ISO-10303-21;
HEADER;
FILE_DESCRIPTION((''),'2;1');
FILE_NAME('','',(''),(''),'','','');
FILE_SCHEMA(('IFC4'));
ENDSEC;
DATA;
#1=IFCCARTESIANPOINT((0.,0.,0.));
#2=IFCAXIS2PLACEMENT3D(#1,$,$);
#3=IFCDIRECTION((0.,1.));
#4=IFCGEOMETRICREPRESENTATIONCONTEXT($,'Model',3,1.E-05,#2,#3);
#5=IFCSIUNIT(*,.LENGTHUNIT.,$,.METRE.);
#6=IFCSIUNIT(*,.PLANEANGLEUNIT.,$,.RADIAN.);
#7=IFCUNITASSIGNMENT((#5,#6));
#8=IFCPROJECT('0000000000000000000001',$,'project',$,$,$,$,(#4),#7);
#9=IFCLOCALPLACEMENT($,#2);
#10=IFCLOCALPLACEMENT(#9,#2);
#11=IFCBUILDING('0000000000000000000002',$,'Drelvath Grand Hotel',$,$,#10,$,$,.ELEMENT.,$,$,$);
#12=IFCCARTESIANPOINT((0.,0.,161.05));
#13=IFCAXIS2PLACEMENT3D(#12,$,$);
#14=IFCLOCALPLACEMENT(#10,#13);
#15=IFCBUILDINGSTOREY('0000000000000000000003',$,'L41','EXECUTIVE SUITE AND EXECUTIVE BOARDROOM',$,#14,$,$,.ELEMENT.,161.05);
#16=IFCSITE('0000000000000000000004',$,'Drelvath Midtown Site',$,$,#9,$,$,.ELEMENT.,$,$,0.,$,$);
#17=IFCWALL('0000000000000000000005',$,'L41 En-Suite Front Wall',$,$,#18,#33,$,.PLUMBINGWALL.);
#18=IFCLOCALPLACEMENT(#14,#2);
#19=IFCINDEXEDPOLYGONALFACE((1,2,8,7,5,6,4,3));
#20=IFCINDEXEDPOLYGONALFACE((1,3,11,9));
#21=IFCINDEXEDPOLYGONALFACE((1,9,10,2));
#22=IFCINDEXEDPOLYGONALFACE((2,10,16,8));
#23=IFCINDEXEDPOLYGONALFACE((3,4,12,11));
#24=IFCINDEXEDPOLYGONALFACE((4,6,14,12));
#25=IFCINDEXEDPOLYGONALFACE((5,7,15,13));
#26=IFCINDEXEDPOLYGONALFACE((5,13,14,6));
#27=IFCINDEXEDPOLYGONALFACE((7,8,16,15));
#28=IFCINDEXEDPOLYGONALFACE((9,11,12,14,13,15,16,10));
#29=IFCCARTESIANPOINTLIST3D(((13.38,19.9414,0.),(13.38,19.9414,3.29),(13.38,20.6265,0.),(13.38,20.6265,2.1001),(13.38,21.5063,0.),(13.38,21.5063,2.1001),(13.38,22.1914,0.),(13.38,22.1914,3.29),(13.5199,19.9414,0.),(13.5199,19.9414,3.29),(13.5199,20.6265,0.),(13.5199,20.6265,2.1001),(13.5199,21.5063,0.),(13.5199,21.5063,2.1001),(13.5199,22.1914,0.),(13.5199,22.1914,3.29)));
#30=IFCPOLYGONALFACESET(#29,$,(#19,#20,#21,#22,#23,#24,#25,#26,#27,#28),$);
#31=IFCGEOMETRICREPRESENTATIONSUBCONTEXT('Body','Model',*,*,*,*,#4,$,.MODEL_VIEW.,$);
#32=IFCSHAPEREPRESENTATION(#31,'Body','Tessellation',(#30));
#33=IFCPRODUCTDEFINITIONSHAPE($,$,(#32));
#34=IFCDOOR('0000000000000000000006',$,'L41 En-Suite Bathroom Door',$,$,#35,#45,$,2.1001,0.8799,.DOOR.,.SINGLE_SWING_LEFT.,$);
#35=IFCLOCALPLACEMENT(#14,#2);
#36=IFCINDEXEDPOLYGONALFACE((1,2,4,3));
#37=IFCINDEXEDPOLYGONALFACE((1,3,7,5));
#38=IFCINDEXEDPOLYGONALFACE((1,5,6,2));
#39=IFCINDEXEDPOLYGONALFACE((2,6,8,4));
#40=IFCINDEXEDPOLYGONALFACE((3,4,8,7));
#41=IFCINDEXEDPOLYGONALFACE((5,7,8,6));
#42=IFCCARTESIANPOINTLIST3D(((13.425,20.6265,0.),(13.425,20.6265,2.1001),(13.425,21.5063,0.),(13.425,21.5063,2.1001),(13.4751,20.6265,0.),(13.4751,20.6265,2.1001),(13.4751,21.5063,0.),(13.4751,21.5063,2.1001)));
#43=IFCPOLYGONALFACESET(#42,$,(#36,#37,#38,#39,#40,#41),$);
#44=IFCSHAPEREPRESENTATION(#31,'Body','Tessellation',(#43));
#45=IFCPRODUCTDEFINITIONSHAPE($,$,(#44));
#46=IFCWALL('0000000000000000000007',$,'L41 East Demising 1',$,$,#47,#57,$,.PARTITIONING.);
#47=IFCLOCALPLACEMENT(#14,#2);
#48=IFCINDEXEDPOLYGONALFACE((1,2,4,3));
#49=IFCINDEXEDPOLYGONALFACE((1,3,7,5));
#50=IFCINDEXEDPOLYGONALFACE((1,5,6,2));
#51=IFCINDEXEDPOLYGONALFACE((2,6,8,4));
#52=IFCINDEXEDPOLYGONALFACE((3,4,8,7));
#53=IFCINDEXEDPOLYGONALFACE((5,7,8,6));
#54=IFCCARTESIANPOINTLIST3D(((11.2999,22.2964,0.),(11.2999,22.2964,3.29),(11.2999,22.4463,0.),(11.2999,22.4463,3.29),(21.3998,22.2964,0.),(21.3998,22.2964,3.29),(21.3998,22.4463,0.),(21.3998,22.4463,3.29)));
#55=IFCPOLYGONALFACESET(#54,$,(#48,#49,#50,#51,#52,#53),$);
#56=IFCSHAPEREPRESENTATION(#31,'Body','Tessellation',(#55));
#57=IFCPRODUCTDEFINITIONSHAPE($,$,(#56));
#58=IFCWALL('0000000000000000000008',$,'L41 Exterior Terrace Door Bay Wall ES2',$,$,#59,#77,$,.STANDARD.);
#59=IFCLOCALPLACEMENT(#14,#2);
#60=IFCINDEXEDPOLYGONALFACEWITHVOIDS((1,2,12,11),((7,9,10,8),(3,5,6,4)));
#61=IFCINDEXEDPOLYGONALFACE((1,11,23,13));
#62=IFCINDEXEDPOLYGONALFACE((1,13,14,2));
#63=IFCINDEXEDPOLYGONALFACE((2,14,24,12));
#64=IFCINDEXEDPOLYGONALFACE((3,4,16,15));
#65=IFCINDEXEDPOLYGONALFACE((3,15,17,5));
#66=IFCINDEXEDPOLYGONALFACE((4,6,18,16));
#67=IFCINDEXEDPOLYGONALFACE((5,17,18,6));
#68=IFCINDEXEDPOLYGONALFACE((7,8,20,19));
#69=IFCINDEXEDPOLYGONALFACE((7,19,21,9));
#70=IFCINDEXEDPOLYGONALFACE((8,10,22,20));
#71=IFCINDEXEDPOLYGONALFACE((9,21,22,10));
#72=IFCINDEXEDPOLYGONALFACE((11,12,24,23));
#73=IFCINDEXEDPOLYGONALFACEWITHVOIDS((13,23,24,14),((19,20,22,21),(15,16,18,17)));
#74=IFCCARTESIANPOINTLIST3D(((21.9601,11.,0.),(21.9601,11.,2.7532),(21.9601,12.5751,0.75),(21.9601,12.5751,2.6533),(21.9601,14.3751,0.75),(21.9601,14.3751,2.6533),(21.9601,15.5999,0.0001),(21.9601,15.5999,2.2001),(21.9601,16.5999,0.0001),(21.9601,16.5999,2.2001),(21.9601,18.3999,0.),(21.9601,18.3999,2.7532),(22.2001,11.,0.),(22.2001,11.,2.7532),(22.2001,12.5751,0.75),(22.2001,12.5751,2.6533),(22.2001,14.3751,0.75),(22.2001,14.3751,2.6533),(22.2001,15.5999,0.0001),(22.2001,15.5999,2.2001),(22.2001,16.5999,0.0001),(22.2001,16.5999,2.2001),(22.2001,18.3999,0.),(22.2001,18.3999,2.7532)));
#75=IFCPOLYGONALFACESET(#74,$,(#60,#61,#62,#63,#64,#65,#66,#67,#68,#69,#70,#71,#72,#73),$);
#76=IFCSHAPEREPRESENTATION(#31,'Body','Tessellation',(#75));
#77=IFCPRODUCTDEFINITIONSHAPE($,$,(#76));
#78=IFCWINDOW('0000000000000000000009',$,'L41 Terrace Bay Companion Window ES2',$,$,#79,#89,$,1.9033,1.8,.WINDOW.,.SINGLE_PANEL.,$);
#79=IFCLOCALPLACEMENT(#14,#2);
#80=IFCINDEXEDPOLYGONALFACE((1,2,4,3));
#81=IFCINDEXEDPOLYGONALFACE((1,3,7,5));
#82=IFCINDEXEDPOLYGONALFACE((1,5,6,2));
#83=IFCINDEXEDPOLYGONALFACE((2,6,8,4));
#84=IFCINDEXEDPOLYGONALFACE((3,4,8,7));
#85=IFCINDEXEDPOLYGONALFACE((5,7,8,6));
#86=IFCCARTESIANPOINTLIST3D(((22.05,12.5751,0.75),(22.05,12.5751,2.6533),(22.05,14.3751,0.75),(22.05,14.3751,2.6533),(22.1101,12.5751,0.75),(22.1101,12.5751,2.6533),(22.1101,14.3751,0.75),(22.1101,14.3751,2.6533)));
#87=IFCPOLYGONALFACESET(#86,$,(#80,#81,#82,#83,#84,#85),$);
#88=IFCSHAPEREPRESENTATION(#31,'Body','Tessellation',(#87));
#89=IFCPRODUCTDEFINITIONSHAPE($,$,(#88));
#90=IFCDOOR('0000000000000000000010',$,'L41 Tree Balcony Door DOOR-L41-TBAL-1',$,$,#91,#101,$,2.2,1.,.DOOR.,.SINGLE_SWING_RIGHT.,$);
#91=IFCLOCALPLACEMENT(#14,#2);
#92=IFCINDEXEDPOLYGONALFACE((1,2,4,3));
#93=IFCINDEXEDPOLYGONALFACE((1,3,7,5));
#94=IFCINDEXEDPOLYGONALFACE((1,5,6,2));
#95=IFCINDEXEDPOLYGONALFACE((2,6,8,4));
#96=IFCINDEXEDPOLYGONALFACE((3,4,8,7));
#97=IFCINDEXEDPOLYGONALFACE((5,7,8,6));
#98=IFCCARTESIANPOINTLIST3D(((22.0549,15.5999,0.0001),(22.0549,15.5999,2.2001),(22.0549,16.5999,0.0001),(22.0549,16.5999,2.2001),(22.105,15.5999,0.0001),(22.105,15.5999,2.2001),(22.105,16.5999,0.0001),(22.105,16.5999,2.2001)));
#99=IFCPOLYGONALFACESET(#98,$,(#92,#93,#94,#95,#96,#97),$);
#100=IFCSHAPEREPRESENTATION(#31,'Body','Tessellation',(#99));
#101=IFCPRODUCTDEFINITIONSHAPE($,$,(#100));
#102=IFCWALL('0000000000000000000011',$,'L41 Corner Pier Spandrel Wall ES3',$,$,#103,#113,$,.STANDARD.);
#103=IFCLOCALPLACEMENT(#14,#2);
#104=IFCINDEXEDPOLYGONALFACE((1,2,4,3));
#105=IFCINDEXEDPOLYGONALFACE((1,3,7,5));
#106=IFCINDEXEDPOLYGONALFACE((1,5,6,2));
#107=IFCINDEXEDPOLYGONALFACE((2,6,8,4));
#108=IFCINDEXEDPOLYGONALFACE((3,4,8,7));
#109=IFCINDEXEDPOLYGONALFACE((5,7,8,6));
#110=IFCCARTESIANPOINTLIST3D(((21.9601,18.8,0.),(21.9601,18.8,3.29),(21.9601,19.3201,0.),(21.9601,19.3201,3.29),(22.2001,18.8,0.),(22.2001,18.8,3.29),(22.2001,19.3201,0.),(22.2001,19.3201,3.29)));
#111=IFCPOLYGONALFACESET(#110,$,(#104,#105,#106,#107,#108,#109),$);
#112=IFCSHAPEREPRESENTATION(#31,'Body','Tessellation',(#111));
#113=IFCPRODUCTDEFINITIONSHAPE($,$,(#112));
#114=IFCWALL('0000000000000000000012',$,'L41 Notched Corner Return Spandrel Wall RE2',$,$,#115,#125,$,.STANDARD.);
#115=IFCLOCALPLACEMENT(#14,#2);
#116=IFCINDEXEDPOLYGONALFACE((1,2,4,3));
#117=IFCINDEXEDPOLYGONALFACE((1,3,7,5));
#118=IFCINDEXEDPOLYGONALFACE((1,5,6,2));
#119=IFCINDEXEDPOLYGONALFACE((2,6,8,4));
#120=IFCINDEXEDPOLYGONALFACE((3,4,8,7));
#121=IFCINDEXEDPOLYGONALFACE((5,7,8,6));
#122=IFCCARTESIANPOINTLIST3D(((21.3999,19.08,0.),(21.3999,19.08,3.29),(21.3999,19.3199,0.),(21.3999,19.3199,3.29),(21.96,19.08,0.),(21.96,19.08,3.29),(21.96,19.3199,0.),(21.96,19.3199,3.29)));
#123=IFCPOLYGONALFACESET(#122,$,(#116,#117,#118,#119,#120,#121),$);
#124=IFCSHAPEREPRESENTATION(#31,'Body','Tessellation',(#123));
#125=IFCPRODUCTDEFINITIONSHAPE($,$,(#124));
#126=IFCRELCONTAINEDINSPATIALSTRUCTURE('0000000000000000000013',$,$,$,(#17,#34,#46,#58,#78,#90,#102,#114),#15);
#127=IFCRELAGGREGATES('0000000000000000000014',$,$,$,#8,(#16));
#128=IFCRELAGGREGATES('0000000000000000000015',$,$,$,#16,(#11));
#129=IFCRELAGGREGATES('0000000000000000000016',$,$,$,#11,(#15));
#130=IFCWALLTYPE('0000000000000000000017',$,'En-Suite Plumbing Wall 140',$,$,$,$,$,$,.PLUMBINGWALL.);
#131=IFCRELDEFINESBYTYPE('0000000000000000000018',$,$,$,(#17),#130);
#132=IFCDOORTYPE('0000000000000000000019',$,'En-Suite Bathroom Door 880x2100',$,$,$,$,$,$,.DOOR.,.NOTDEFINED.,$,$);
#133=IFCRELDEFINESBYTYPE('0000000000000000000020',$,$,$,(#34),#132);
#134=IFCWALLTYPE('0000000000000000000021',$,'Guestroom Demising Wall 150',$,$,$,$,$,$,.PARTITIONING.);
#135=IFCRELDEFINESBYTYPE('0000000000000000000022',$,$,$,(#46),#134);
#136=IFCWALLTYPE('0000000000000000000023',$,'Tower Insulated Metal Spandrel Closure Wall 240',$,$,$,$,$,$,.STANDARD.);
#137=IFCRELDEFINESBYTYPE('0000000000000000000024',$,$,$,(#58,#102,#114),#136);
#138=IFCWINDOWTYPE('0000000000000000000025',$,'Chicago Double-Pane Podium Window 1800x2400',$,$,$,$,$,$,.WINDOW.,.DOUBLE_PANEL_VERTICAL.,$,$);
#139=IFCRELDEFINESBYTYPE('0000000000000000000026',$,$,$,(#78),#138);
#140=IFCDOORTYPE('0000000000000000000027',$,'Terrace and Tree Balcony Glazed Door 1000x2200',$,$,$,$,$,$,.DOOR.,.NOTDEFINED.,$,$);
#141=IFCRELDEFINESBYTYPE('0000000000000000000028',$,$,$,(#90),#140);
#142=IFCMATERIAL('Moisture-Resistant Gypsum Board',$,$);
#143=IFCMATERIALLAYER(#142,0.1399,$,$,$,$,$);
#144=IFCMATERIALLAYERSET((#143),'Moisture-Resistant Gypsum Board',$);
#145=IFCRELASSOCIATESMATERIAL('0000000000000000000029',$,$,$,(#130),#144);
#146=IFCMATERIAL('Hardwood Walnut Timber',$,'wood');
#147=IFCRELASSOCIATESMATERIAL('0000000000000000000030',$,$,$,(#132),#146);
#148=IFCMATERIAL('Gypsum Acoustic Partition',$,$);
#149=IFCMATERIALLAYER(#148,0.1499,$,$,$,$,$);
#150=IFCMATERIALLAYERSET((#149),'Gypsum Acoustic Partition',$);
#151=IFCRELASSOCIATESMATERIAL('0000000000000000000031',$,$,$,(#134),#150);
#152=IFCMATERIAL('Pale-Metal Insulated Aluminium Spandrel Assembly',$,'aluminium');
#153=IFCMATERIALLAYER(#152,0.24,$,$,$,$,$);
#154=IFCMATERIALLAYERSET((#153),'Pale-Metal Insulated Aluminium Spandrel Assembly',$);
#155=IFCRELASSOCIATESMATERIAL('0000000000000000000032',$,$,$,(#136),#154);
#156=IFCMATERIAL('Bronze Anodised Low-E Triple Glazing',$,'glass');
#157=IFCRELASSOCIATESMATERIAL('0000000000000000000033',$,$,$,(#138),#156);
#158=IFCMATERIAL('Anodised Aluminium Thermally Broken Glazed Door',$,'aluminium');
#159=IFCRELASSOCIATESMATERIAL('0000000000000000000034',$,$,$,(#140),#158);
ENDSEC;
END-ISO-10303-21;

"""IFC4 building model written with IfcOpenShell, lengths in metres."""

from ifc_helpers import new_model, si_unit, direction, frame, frame_2d, origin, place, context, subcontext, project, spatial, rectangle, extrude, material, layer, layer_set, type_object, element, fill, save


model = new_model("IFC4")

# Units and contexts
model_context = context("Model", 3, precision=1e-05, world=origin(), true_north=direction((0.0, 1.0)))
body_context = subcontext(model_context, "Body", "Model", "MODEL_VIEW")
ifc_project = project(units=[si_unit("LENGTHUNIT", "METRE"), si_unit("PLANEANGLEUNIT", "RADIAN")], contexts=[model_context])

# Site, building, storey
site_placement = place(None, origin())
site = spatial("IfcSite", under=ifc_project, at=site_placement, Name="Drelvath Midtown Site", CompositionType="ELEMENT", RefElevation=0.0)
building_placement = place(site_placement, origin())
building = spatial("IfcBuilding", under=site, at=building_placement, Name="Drelvath Grand Hotel", CompositionType="ELEMENT")
storey_placement = place(building_placement, frame((0.0, 0.0, 161.05)))
storey = spatial("IfcBuildingStorey", under=building, at=storey_placement, Name="L41", Description="EXECUTIVE SUITE AND EXECUTIVE BOARDROOM", CompositionType="ELEMENT", Elevation=161.05)

# Shared definitions
ifc_material_1 = material(Name="Moisture-Resistant Gypsum Board")
ifc_layer_1 = layer(ifc_material_1, 0.1399)
ifc_layer_set_1 = layer_set([ifc_layer_1], Name="Moisture-Resistant Gypsum Board")
wall_type_1 = type_object("IfcWallType", Name="En-Suite Plumbing Wall 140", PredefinedType="PLUMBINGWALL", material=ifc_layer_set_1)

# Wall, opening, door
wall_1_placement = place(storey_placement, frame((13.45, 19.9414, 0.0), z_axis=(0.0, 0.0, 1.0), x_axis=(0.0, 1.0, 0.0)))
wall_1 = element("IfcWall", 1, at=wall_1_placement, inside=storey, type_object=wall_type_1, Name="L41 En-Suite Front Wall", PredefinedType="PLUMBINGWALL", context=body_context, shape_type="SweptSolid", body=[
    extrude(rectangle(XDim=2.25, YDim=0.1399, at=frame_2d((1.125, 0.0))), origin(), (0.0, 0.0, 1.0), 3.29),
])
opening_1_placement = place(wall_1_placement, frame((0.6851, 0.0, 0.0)))
opening_1 = element("IfcOpeningElement", 2, at=opening_1_placement, cuts=wall_1, PredefinedType="OPENING", context=body_context, shape_type="SweptSolid", body=[
    extrude(rectangle(XDim=0.8799, YDim=2.1001, at=frame_2d((0.4399, 1.05))), frame((0.0, 0.0798, 0.0), z_axis=(0.0, -1.0, 0.0), x_axis=(1.0, 0.0, 0.0)), (0.0, 0.0, 1.0), 0.1599),
])
ifc_material_2 = material(Name="Hardwood Walnut Timber", Category="wood")
door_type_1 = type_object("IfcDoorType", Name="En-Suite Bathroom Door 880x2100", OperationType="NOTDEFINED", PredefinedType="DOOR", material=ifc_material_2)
door_1_placement = place(opening_1_placement, origin())
door_1 = element("IfcDoor", 3, at=door_1_placement, inside=storey, type_object=door_type_1, Name="L41 En-Suite Bathroom Door", OperationType="SINGLE_SWING_LEFT", OverallHeight=2.1001, OverallWidth=0.8799, PredefinedType="DOOR", context=body_context, shape_type="SweptSolid", body=[
    extrude(rectangle(XDim=0.8799, YDim=2.1001, at=frame_2d((0.4399, 1.05))), frame((0.0, 0.0249, 0.0), z_axis=(0.0, -1.0, 0.0), x_axis=(1.0, 0.0, 0.0)), (0.0, 0.0, 1.0), 0.05),
])
fill(opening_1, door_1)

# Wall
ifc_material_3 = material(Name="Gypsum Acoustic Partition")
ifc_layer_2 = layer(ifc_material_3, 0.1499)
ifc_layer_set_2 = layer_set([ifc_layer_2], Name="Gypsum Acoustic Partition")
wall_type_2 = type_object("IfcWallType", Name="Guestroom Demising Wall 150", PredefinedType="PARTITIONING", material=ifc_layer_set_2)
wall_2_placement = place(storey_placement, frame((11.3, 22.3713, 0.0), z_axis=(0.0, 0.0, 1.0), x_axis=(1.0, 0.0, 0.0)))
element("IfcWall", 4, at=wall_2_placement, inside=storey, type_object=wall_type_2, Name="L41 East Demising 1", PredefinedType="PARTITIONING", context=body_context, shape_type="SweptSolid", body=[
    extrude(rectangle(XDim=10.0999, YDim=0.1499, at=frame_2d((5.0498, 0.0))), origin(), (0.0, 0.0, 1.0), 3.29),
])

# Wall, openings, window, door
ifc_material_4 = material(Name="Pale-Metal Insulated Aluminium Spandrel Assembly", Category="aluminium")
ifc_layer_3 = layer(ifc_material_4, 0.24)
ifc_layer_set_3 = layer_set([ifc_layer_3], Name="Pale-Metal Insulated Aluminium Spandrel Assembly")
wall_type_3 = type_object("IfcWallType", Name="Tower Insulated Metal Spandrel Closure Wall 240", PredefinedType="STANDARD", material=ifc_layer_set_3)
wall_3_placement = place(storey_placement, frame((22.0801, 18.3999, 0.0), z_axis=(0.0, 0.0, 1.0), x_axis=(0.0, -1.0, 0.0)))
wall_3 = element("IfcWall", 5, at=wall_3_placement, inside=storey, type_object=wall_type_3, Name="L41 Exterior Terrace Door Bay Wall ES2", PredefinedType="STANDARD", context=body_context, shape_type="SweptSolid", body=[
    extrude(rectangle(XDim=7.3999, YDim=0.24, at=frame_2d((3.7, 0.0))), origin(), (0.0, 0.0, 1.0), 2.7532),
])
opening_2_placement = place(wall_3_placement, frame((1.8, 0.0, 0.0)))
opening_2 = element("IfcOpeningElement", 6, at=opening_2_placement, cuts=wall_3, PredefinedType="OPENING", context=body_context, shape_type="SweptSolid", body=[
    extrude(rectangle(XDim=1.0, YDim=2.2, at=frame_2d((0.5, 1.1001))), frame((0.0, 0.1299, 0.0), z_axis=(0.0, -1.0, 0.0), x_axis=(1.0, 0.0, 0.0)), (0.0, 0.0, 1.0), 0.26),
])
opening_3_placement = place(wall_3_placement, frame((4.0249, 0.0, 0.75)))
opening_3 = element("IfcOpeningElement", 7, at=opening_3_placement, cuts=wall_3, PredefinedType="OPENING", context=body_context, shape_type="SweptSolid", body=[
    extrude(rectangle(XDim=1.8, YDim=1.9033, at=frame_2d((0.8999, 0.9517))), frame((0.0, 0.1299, 0.0), z_axis=(0.0, -1.0, 0.0), x_axis=(1.0, 0.0, 0.0)), (0.0, 0.0, 1.0), 0.26),
])
ifc_material_5 = material(Name="Bronze Anodised Low-E Triple Glazing", Category="glass")
window_type = type_object("IfcWindowType", Name="Chicago Double-Pane Podium Window 1800x2400", PartitioningType="DOUBLE_PANEL_VERTICAL", PredefinedType="WINDOW", material=ifc_material_5)
window_placement = place(opening_3_placement, origin())
window = element("IfcWindow", 8, at=window_placement, inside=storey, type_object=window_type, Name="L41 Terrace Bay Companion Window ES2", OverallHeight=1.9033, OverallWidth=1.8, PartitioningType="SINGLE_PANEL", PredefinedType="WINDOW", context=body_context, shape_type="SweptSolid", body=[
    extrude(rectangle(XDim=1.8, YDim=1.9033, at=frame_2d((0.8999, 0.9517))), frame((0.0, 0.03, 0.0), z_axis=(0.0, -1.0, 0.0), x_axis=(1.0, 0.0, 0.0)), (0.0, 0.0, 1.0), 0.0601),
])
fill(opening_3, window)
ifc_material_6 = material(Name="Anodised Aluminium Thermally Broken Glazed Door", Category="aluminium")
door_type_2 = type_object("IfcDoorType", Name="Terrace and Tree Balcony Glazed Door 1000x2200", OperationType="NOTDEFINED", PredefinedType="DOOR", material=ifc_material_6)
door_2_placement = place(opening_2_placement, origin())
door_2 = element("IfcDoor", 9, at=door_2_placement, inside=storey, type_object=door_type_2, Name="L41 Tree Balcony Door DOOR-L41-TBAL-1", OperationType="SINGLE_SWING_RIGHT", OverallHeight=2.2, OverallWidth=1.0, PredefinedType="DOOR", context=body_context, shape_type="SweptSolid", body=[
    extrude(rectangle(XDim=1.0, YDim=2.2, at=frame_2d((0.5, 1.1001))), frame((0.0, 0.0249, 0.0), z_axis=(0.0, -1.0, 0.0), x_axis=(1.0, 0.0, 0.0)), (0.0, 0.0, 1.0), 0.05),
])
fill(opening_2, door_2)

# Walls
wall_4_placement = place(storey_placement, frame((22.0801, 19.3201, 0.0), z_axis=(0.0, 0.0, 1.0), x_axis=(0.0, -1.0, 0.0)))
element("IfcWall", 10, at=wall_4_placement, inside=storey, type_object=wall_type_3, Name="L41 Corner Pier Spandrel Wall ES3", PredefinedType="STANDARD", context=body_context, shape_type="SweptSolid", body=[
    extrude(rectangle(XDim=0.52, YDim=0.24, at=frame_2d((0.26, 0.0))), origin(), (0.0, 0.0, 1.0), 3.29),
])
wall_5_placement = place(storey_placement, frame((21.3999, 19.2, 0.0), z_axis=(0.0, 0.0, 1.0), x_axis=(1.0, 0.0, 0.0)))
element("IfcWall", 11, at=wall_5_placement, inside=storey, type_object=wall_type_3, Name="L41 Notched Corner Return Spandrel Wall RE2", PredefinedType="STANDARD", context=body_context, shape_type="SweptSolid", body=[
    extrude(rectangle(XDim=0.5601, YDim=0.24, at=frame_2d((0.28, 0.0))), origin(), (0.0, 0.0, 1.0), 3.29),
])

save(model, "model.ifc")
